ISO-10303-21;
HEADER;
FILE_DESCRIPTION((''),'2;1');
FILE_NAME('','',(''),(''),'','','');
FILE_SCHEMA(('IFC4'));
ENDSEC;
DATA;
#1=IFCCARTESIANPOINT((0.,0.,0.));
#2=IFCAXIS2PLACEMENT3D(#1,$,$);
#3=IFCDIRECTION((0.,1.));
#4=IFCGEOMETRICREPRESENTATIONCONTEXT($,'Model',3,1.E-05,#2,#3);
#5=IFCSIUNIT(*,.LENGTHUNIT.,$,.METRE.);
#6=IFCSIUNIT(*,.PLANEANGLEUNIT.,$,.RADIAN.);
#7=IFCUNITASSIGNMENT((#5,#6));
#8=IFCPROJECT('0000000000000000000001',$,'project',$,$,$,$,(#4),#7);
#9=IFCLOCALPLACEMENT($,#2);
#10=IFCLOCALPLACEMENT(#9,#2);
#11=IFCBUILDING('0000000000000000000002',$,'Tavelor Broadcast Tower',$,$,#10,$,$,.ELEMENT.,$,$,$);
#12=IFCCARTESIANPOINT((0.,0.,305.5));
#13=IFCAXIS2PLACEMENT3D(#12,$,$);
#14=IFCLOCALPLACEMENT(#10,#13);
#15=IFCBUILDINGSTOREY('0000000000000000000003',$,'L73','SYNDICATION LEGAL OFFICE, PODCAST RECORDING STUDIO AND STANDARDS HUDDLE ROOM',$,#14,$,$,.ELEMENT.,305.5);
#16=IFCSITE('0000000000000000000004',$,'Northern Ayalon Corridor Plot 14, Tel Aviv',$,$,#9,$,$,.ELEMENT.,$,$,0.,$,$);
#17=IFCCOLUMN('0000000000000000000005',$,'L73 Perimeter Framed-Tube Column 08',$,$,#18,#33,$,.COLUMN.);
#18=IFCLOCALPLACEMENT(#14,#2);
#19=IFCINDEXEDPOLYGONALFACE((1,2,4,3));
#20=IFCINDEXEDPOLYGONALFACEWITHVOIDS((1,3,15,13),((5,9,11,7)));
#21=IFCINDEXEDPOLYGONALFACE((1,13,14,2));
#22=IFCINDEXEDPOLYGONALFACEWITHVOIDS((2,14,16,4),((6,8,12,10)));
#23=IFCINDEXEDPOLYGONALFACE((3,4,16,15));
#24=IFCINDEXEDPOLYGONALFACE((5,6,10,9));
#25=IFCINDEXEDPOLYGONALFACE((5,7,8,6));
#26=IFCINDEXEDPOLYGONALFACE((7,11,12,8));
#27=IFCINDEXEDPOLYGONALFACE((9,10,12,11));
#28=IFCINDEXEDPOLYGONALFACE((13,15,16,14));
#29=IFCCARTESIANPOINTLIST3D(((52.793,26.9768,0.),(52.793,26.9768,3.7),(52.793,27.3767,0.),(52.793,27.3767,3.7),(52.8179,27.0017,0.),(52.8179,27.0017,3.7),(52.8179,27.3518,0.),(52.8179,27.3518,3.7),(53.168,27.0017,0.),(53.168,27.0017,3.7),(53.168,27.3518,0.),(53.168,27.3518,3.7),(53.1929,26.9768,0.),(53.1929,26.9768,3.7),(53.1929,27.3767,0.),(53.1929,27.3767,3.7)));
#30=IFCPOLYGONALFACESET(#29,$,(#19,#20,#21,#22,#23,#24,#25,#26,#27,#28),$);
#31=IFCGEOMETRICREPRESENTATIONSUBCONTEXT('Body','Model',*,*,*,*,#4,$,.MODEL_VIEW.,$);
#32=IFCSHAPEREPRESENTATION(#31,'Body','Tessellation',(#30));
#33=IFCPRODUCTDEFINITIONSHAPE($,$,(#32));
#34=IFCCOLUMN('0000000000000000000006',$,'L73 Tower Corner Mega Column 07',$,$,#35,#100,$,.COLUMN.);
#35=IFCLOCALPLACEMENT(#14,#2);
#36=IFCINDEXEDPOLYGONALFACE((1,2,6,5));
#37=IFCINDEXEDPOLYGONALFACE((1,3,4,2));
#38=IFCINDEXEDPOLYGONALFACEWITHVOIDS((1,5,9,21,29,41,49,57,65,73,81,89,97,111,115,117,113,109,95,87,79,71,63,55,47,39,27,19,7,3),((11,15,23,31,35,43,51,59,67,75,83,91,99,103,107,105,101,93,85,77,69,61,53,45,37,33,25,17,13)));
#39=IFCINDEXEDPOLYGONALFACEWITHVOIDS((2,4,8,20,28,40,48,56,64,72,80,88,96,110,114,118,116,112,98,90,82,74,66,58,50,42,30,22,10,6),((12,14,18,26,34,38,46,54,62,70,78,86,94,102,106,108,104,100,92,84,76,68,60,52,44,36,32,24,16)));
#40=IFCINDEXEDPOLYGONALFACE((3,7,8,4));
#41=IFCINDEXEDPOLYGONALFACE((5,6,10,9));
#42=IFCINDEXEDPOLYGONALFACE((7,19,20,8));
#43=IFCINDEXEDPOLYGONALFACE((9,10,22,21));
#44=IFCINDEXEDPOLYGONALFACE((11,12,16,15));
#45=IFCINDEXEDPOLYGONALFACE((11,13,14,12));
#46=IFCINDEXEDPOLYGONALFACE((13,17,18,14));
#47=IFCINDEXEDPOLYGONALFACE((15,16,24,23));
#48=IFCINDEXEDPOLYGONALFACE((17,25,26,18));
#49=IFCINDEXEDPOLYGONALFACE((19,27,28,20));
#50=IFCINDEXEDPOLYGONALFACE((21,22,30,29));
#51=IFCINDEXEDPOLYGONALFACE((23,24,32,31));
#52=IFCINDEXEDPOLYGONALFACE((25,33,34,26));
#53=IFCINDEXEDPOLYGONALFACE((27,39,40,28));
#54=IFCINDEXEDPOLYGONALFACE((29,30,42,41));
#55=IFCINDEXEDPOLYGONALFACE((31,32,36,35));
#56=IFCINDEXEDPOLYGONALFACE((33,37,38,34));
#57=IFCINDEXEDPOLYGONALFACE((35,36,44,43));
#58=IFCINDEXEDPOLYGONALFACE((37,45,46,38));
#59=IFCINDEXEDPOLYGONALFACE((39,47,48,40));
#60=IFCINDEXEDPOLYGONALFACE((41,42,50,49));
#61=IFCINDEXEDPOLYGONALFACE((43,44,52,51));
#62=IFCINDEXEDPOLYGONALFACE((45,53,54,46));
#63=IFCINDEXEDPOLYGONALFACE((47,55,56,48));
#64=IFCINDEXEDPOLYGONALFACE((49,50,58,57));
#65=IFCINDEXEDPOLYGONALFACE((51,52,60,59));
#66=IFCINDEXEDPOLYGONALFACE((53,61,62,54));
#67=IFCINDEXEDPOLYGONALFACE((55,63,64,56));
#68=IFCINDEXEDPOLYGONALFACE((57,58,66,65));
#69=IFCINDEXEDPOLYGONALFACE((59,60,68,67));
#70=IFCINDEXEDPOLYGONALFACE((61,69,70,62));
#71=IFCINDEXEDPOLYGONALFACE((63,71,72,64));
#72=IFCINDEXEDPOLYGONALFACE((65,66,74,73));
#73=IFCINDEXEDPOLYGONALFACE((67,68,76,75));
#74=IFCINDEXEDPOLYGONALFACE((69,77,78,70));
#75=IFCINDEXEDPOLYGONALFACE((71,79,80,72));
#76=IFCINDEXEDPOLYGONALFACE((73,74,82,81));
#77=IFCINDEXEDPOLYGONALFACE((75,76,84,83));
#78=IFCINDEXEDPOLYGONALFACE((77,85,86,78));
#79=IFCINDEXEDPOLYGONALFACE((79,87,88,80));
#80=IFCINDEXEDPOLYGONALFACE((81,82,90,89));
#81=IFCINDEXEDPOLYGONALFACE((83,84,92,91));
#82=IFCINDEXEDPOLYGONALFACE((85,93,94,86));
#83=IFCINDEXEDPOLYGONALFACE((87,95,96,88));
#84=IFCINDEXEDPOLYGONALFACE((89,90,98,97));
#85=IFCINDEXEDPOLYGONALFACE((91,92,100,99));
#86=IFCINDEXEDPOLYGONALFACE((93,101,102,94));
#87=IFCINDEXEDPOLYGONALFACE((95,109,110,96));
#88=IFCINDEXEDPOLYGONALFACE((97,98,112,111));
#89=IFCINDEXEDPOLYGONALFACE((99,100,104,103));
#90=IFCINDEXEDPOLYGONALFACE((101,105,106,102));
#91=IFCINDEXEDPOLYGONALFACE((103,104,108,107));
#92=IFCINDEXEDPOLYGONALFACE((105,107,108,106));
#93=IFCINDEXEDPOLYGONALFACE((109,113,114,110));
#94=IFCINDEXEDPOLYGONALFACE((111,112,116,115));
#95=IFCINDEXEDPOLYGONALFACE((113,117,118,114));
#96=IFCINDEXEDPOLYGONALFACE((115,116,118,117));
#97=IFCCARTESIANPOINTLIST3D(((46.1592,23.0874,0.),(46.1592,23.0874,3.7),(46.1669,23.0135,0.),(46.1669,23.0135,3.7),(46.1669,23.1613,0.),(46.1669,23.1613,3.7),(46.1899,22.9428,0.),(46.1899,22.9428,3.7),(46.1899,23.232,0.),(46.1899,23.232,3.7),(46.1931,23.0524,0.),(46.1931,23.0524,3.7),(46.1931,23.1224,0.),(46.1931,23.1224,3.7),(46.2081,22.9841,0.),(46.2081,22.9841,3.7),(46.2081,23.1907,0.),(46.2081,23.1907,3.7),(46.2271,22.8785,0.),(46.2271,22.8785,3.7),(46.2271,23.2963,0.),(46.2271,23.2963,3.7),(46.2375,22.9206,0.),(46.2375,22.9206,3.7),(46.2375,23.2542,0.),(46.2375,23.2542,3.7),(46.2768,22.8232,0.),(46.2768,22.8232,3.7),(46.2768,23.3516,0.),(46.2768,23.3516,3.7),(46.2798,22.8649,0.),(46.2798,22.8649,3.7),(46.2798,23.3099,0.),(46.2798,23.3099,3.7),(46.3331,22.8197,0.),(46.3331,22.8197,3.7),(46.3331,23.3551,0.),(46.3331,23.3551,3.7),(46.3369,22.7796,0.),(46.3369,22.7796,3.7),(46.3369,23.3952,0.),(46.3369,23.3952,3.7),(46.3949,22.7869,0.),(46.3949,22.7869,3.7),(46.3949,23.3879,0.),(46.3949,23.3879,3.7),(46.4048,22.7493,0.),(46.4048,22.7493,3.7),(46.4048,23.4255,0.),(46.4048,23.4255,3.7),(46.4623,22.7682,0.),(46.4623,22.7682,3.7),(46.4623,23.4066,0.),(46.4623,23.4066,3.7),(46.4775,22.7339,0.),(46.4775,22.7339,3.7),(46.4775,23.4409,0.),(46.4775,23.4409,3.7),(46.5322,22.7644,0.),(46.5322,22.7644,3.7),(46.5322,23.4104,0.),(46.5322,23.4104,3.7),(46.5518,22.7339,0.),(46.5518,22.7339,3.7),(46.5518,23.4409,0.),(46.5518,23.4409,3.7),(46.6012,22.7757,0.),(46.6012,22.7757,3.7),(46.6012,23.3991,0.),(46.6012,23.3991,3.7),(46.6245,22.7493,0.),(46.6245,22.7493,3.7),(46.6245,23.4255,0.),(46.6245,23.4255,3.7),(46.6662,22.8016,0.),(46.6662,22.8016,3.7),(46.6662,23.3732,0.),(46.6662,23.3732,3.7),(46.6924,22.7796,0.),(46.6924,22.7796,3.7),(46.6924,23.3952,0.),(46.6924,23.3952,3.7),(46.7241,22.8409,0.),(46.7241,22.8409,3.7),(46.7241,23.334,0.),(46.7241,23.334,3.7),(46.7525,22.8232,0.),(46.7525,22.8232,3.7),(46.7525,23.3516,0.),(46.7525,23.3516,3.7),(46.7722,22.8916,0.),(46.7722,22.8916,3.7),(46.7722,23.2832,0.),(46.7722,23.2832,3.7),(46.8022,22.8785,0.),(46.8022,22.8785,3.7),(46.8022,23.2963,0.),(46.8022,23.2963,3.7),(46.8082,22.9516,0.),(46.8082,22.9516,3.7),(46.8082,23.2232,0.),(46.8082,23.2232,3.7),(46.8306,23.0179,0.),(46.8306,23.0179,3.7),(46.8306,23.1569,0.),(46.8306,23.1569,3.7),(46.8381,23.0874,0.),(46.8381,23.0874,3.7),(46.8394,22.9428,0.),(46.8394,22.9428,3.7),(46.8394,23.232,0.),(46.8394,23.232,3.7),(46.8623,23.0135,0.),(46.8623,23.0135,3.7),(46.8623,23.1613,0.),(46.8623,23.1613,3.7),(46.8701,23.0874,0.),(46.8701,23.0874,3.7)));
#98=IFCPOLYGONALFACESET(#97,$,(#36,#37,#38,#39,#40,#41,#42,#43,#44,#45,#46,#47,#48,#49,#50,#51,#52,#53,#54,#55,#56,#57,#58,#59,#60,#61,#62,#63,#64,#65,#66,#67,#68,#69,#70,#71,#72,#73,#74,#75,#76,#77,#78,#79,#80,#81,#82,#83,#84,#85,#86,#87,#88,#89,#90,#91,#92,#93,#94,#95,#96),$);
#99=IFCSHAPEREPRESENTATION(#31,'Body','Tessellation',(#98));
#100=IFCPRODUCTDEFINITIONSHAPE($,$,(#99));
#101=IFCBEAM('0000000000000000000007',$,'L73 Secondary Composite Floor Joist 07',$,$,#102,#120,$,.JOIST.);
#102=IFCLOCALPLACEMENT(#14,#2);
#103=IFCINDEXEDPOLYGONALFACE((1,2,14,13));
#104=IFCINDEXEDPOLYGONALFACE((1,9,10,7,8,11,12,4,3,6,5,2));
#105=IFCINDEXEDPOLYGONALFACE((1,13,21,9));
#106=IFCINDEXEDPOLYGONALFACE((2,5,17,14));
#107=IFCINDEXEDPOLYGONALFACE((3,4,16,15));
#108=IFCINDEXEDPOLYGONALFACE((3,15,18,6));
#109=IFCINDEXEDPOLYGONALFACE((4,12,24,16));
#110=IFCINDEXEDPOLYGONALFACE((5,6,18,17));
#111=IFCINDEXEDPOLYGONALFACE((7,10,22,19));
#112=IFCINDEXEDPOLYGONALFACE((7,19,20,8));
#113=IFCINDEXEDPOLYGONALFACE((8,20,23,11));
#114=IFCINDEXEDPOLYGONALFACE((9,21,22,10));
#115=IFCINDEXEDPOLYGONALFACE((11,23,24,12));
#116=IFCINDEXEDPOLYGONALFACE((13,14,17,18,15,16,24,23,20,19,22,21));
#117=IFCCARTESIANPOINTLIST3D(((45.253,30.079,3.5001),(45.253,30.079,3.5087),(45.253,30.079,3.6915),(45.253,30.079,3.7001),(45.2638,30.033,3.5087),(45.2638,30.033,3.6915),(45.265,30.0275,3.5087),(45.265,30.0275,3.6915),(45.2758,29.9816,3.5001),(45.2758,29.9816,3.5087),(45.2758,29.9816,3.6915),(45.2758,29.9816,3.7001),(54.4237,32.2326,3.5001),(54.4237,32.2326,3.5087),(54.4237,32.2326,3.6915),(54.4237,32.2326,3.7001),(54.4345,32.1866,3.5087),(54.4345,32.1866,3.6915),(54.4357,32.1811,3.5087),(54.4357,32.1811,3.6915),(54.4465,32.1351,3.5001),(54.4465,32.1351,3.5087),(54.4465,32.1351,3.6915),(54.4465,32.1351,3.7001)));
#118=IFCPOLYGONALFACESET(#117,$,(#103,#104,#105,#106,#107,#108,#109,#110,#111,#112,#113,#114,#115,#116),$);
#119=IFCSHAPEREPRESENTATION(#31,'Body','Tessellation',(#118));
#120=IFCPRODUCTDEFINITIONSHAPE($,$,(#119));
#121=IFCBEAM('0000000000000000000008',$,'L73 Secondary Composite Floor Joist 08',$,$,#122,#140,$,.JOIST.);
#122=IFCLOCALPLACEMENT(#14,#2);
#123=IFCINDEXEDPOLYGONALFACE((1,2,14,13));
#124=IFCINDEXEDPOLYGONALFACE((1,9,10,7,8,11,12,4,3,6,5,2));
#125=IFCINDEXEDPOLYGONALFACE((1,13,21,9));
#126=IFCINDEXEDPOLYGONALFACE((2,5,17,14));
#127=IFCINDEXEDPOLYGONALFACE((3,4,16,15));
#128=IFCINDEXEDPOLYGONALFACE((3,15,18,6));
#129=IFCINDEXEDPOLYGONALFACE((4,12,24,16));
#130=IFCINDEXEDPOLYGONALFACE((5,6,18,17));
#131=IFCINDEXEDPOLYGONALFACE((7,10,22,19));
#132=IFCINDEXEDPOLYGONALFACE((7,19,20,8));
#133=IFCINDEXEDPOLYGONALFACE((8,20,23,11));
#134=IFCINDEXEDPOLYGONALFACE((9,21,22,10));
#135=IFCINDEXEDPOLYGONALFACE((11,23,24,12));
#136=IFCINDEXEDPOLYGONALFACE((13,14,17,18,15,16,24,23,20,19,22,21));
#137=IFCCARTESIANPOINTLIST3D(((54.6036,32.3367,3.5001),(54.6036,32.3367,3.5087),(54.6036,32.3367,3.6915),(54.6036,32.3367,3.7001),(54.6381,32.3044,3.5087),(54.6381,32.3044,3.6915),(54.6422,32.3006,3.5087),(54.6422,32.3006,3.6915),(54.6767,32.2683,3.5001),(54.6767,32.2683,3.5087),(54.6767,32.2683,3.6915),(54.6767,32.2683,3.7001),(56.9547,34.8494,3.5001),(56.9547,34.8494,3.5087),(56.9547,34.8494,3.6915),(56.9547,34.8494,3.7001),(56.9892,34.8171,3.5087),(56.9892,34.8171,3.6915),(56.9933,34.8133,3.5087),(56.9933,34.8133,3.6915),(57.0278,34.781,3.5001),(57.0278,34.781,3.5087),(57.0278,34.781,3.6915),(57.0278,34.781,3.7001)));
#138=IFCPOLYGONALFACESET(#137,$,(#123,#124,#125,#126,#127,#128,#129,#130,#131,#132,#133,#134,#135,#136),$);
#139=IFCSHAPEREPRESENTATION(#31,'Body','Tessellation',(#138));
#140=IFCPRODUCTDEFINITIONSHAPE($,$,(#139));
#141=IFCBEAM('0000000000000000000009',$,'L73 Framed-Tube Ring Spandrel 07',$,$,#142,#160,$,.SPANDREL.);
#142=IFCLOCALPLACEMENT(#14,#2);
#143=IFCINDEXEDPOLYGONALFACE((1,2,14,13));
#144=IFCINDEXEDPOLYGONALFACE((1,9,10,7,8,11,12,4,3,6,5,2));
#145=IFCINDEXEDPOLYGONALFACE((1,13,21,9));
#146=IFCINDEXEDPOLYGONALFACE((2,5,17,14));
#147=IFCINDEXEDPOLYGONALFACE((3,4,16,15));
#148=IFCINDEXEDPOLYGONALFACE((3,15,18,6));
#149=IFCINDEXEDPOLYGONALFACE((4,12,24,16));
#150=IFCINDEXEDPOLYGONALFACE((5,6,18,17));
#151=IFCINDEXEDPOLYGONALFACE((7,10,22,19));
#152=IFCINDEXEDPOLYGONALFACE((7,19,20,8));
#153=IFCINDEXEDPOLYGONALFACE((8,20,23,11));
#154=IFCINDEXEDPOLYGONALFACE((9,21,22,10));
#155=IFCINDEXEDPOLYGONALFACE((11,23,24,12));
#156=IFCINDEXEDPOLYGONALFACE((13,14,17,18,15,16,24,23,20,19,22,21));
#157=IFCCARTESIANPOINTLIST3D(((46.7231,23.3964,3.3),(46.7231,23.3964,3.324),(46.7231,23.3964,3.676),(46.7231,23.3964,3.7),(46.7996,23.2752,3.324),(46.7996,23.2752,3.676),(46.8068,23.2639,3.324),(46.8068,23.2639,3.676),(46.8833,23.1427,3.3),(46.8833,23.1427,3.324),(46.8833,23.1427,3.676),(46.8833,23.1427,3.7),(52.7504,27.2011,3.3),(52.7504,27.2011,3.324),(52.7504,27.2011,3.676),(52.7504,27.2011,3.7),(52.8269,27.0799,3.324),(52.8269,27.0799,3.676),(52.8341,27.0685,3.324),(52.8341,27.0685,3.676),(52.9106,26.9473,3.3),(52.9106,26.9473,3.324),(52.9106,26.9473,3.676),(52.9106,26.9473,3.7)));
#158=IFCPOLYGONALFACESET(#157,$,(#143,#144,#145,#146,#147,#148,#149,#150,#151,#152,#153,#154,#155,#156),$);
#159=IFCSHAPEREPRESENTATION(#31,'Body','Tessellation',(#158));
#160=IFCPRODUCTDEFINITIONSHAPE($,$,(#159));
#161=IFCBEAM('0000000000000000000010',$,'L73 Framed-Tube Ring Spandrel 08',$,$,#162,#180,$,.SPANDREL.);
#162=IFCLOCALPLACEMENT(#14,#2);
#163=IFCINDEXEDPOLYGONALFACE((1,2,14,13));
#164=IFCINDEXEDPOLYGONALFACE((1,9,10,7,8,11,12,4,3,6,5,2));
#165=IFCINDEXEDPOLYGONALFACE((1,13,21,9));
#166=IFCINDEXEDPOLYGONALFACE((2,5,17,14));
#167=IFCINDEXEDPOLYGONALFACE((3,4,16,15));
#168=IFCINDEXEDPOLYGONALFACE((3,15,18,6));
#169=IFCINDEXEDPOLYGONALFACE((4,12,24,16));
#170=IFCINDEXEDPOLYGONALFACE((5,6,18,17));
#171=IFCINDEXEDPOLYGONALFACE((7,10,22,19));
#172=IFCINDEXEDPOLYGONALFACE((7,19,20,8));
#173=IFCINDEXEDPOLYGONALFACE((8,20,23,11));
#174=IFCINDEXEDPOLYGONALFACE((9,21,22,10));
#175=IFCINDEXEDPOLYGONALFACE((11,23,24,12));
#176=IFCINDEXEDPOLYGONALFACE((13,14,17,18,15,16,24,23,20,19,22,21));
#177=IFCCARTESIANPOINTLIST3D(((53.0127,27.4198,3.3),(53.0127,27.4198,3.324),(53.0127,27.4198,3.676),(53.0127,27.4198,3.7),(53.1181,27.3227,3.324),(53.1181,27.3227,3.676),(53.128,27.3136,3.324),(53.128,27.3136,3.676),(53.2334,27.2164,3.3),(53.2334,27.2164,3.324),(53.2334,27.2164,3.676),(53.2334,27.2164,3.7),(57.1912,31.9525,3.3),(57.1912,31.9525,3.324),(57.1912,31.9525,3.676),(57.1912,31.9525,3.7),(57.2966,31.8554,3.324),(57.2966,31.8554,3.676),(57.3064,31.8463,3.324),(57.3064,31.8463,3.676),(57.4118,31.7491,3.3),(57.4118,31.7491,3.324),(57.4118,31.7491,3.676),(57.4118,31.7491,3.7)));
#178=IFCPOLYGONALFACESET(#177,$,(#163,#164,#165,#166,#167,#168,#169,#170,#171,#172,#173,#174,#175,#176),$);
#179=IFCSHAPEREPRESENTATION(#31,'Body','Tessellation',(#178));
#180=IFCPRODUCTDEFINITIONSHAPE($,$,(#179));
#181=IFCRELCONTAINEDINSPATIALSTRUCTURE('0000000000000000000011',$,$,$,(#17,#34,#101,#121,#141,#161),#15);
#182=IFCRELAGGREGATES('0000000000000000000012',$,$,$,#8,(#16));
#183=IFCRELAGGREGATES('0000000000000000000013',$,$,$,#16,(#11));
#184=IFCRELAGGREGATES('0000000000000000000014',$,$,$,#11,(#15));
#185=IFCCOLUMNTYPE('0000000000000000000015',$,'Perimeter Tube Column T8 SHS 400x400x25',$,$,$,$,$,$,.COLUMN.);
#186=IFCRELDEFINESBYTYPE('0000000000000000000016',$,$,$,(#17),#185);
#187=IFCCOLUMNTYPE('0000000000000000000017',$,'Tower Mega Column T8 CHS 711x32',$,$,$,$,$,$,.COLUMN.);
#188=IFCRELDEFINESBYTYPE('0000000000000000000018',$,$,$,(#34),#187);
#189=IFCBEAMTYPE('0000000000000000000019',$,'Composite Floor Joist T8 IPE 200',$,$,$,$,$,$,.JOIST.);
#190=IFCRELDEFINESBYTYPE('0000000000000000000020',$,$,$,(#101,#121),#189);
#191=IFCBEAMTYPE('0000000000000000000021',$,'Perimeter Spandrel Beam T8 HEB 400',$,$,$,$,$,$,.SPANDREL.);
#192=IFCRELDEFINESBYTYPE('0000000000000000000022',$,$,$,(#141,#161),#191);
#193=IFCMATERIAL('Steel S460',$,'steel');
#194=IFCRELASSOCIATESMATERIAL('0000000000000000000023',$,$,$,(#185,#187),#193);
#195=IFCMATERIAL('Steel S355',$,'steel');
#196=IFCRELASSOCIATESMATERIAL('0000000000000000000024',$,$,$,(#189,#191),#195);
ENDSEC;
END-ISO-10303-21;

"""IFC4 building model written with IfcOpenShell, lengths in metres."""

from ifc_helpers import new_model, si_unit, direction, frame, origin, origin_2d, place, context, subcontext, project, spatial, hollow_rectangle, hollow_circle, i_section, extrude, material, material_profile, profile_set, type_object, element, save


model = new_model("IFC4")

# Units and contexts
model_context = context("Model", 3, precision=1e-05, world=origin(), true_north=direction((0.0, 1.0)))
body_context = subcontext(model_context, "Body", "Model", "MODEL_VIEW")
ifc_project = project(units=[si_unit("LENGTHUNIT", "METRE"), si_unit("PLANEANGLEUNIT", "RADIAN")], contexts=[model_context])

# Site, building, storey
site_placement = place(None, origin())
site = spatial("IfcSite", under=ifc_project, at=site_placement, Name="Northern Ayalon Corridor Plot 14, Tel Aviv", CompositionType="ELEMENT", RefElevation=0.0)
building_placement = place(site_placement, origin())
building = spatial("IfcBuilding", under=site, at=building_placement, Name="Tavelor Broadcast Tower", CompositionType="ELEMENT")
storey_placement = place(building_placement, frame((0.0, 0.0, 305.5)))
storey = spatial("IfcBuildingStorey", under=building, at=storey_placement, Name="L73", Description="SYNDICATION LEGAL OFFICE, PODCAST RECORDING STUDIO AND STANDARDS HUDDLE ROOM", CompositionType="ELEMENT", Elevation=305.5)

# Columns
ifc_material_1 = material(Name="Steel S460", Category="steel")
ifc_material_profile_1 = material_profile(ifc_material_1, hollow_rectangle(XDim=0.3999, YDim=0.3999, WallThickness=0.0249, at=origin_2d()), Name="SHS 400x400x25")
ifc_profile_set_1 = profile_set([ifc_material_profile_1], Name="Steel S460")
column_type_1 = type_object("IfcColumnType", Name="Perimeter Tube Column T8 SHS 400x400x25", PredefinedType="COLUMN", material=ifc_profile_set_1)
column_1_placement = place(storey_placement, frame((52.9929, 27.1768, 0.0), z_axis=(0.0, 0.0, 1.0), x_axis=(1.0, 0.0, 0.0)))
element("IfcColumn", 1, at=column_1_placement, inside=storey, type_object=column_type_1, Name="L73 Perimeter Framed-Tube Column 08", PredefinedType="COLUMN", context=body_context, shape_type="SweptSolid", body=[
    extrude(hollow_rectangle(XDim=0.3999, YDim=0.3999, WallThickness=0.0249, at=origin_2d()), origin(), (0.0, 0.0, 1.0), 3.7),
])
ifc_material_profile_2 = material_profile(ifc_material_1, hollow_circle(Radius=0.3555, WallThickness=0.032, at=origin_2d()), Name="CHS 711x32")
ifc_profile_set_2 = profile_set([ifc_material_profile_2], Name="Steel S460")
column_type_2 = type_object("IfcColumnType", Name="Tower Mega Column T8 CHS 711x32", PredefinedType="COLUMN", material=ifc_profile_set_2)
column_2_placement = place(storey_placement, frame((46.5146, 23.0874, 0.0), z_axis=(0.0, 0.0, 1.0), x_axis=(1.0, 0.0, 0.0)))
element("IfcColumn", 2, at=column_2_placement, inside=storey, type_object=column_type_2, Name="L73 Tower Corner Mega Column 07", PredefinedType="COLUMN", context=body_context, shape_type="SweptSolid", body=[
    extrude(hollow_circle(Radius=0.3555, WallThickness=0.032, at=origin_2d()), origin(), (0.0, 0.0, 1.0), 3.7),
])

# Beams
ifc_material_2 = material(Name="Steel S355", Category="steel")
ifc_material_profile_3 = material_profile(ifc_material_2, i_section(OverallWidth=0.1001, OverallDepth=0.2, WebThickness=0.0056, FlangeThickness=0.0085, at=origin_2d()), Name="IPE 200")
ifc_profile_set_3 = profile_set([ifc_material_profile_3], Name="Steel S355")
beam_type_1 = type_object("IfcBeamType", Name="Composite Floor Joist T8 IPE 200", PredefinedType="JOIST", material=ifc_profile_set_3)
beam_1_placement = place(storey_placement, frame((45.2644, 30.0303, 3.6001), z_axis=(0.973517, 0.228613, 0.0), x_axis=(-0.228613, 0.973517, 0.0)))
element("IfcBeam", 3, at=beam_1_placement, inside=storey, type_object=beam_type_1, Name="L73 Secondary Composite Floor Joist 07", PredefinedType="JOIST", context=body_context, shape_type="SweptSolid", body=[
    extrude(i_section(OverallWidth=0.1001, OverallDepth=0.2, WebThickness=0.0056, FlangeThickness=0.0085, at=origin_2d()), origin(), (0.0, 0.0, 1.0), 9.4202),
])
beam_2_placement = place(storey_placement, frame((54.6401, 32.3025, 3.6001), z_axis=(0.683233, 0.730201, 0.0), x_axis=(-0.730201, 0.683233, 0.0)))
element("IfcBeam", 4, at=beam_2_placement, inside=storey, type_object=beam_type_1, Name="L73 Secondary Composite Floor Joist 08", PredefinedType="JOIST", context=body_context, shape_type="SweptSolid", body=[
    extrude(i_section(OverallWidth=0.1001, OverallDepth=0.2, WebThickness=0.0056, FlangeThickness=0.0085, at=origin_2d()), origin(), (0.0, 0.0, 1.0), 3.4412),
])
ifc_material_profile_4 = material_profile(ifc_material_2, i_section(OverallWidth=0.3, OverallDepth=0.3999, WebThickness=0.0134, FlangeThickness=0.0239, at=origin_2d()), Name="HEB 400")
ifc_profile_set_4 = profile_set([ifc_material_profile_4], Name="Steel S355")
beam_type_2 = type_object("IfcBeamType", Name="Perimeter Spandrel Beam T8 HEB 400", PredefinedType="SPANDREL", material=ifc_profile_set_4)
beam_3_placement = place(storey_placement, frame((46.8032, 23.2695, 3.5), z_axis=(0.845619, 0.533787, 0.0), x_axis=(-0.533787, 0.845619, 0.0)))
element("IfcBeam", 5, at=beam_3_placement, inside=storey, type_object=beam_type_2, Name="L73 Framed-Tube Ring Spandrel 07", PredefinedType="SPANDREL", context=body_context, shape_type="SweptSolid", body=[
    extrude(i_section(OverallWidth=0.3, OverallDepth=0.3999, WebThickness=0.0134, FlangeThickness=0.0239, at=origin_2d()), origin(), (0.0, 0.0, 1.0), 7.1277),
])
beam_4_placement = place(storey_placement, frame((53.123, 27.3181, 3.5), z_axis=(0.677791, 0.735254, 0.0), x_axis=(-0.735254, 0.677791, 0.0)))
element("IfcBeam", 6, at=beam_4_placement, inside=storey, type_object=beam_type_2, Name="L73 Framed-Tube Ring Spandrel 08", PredefinedType="SPANDREL", context=body_context, shape_type="SweptSolid", body=[
    extrude(i_section(OverallWidth=0.3, OverallDepth=0.3999, WebThickness=0.0134, FlangeThickness=0.0239, at=origin_2d()), origin(), (0.0, 0.0, 1.0), 6.1648),
])

save(model, "model.ifc")
